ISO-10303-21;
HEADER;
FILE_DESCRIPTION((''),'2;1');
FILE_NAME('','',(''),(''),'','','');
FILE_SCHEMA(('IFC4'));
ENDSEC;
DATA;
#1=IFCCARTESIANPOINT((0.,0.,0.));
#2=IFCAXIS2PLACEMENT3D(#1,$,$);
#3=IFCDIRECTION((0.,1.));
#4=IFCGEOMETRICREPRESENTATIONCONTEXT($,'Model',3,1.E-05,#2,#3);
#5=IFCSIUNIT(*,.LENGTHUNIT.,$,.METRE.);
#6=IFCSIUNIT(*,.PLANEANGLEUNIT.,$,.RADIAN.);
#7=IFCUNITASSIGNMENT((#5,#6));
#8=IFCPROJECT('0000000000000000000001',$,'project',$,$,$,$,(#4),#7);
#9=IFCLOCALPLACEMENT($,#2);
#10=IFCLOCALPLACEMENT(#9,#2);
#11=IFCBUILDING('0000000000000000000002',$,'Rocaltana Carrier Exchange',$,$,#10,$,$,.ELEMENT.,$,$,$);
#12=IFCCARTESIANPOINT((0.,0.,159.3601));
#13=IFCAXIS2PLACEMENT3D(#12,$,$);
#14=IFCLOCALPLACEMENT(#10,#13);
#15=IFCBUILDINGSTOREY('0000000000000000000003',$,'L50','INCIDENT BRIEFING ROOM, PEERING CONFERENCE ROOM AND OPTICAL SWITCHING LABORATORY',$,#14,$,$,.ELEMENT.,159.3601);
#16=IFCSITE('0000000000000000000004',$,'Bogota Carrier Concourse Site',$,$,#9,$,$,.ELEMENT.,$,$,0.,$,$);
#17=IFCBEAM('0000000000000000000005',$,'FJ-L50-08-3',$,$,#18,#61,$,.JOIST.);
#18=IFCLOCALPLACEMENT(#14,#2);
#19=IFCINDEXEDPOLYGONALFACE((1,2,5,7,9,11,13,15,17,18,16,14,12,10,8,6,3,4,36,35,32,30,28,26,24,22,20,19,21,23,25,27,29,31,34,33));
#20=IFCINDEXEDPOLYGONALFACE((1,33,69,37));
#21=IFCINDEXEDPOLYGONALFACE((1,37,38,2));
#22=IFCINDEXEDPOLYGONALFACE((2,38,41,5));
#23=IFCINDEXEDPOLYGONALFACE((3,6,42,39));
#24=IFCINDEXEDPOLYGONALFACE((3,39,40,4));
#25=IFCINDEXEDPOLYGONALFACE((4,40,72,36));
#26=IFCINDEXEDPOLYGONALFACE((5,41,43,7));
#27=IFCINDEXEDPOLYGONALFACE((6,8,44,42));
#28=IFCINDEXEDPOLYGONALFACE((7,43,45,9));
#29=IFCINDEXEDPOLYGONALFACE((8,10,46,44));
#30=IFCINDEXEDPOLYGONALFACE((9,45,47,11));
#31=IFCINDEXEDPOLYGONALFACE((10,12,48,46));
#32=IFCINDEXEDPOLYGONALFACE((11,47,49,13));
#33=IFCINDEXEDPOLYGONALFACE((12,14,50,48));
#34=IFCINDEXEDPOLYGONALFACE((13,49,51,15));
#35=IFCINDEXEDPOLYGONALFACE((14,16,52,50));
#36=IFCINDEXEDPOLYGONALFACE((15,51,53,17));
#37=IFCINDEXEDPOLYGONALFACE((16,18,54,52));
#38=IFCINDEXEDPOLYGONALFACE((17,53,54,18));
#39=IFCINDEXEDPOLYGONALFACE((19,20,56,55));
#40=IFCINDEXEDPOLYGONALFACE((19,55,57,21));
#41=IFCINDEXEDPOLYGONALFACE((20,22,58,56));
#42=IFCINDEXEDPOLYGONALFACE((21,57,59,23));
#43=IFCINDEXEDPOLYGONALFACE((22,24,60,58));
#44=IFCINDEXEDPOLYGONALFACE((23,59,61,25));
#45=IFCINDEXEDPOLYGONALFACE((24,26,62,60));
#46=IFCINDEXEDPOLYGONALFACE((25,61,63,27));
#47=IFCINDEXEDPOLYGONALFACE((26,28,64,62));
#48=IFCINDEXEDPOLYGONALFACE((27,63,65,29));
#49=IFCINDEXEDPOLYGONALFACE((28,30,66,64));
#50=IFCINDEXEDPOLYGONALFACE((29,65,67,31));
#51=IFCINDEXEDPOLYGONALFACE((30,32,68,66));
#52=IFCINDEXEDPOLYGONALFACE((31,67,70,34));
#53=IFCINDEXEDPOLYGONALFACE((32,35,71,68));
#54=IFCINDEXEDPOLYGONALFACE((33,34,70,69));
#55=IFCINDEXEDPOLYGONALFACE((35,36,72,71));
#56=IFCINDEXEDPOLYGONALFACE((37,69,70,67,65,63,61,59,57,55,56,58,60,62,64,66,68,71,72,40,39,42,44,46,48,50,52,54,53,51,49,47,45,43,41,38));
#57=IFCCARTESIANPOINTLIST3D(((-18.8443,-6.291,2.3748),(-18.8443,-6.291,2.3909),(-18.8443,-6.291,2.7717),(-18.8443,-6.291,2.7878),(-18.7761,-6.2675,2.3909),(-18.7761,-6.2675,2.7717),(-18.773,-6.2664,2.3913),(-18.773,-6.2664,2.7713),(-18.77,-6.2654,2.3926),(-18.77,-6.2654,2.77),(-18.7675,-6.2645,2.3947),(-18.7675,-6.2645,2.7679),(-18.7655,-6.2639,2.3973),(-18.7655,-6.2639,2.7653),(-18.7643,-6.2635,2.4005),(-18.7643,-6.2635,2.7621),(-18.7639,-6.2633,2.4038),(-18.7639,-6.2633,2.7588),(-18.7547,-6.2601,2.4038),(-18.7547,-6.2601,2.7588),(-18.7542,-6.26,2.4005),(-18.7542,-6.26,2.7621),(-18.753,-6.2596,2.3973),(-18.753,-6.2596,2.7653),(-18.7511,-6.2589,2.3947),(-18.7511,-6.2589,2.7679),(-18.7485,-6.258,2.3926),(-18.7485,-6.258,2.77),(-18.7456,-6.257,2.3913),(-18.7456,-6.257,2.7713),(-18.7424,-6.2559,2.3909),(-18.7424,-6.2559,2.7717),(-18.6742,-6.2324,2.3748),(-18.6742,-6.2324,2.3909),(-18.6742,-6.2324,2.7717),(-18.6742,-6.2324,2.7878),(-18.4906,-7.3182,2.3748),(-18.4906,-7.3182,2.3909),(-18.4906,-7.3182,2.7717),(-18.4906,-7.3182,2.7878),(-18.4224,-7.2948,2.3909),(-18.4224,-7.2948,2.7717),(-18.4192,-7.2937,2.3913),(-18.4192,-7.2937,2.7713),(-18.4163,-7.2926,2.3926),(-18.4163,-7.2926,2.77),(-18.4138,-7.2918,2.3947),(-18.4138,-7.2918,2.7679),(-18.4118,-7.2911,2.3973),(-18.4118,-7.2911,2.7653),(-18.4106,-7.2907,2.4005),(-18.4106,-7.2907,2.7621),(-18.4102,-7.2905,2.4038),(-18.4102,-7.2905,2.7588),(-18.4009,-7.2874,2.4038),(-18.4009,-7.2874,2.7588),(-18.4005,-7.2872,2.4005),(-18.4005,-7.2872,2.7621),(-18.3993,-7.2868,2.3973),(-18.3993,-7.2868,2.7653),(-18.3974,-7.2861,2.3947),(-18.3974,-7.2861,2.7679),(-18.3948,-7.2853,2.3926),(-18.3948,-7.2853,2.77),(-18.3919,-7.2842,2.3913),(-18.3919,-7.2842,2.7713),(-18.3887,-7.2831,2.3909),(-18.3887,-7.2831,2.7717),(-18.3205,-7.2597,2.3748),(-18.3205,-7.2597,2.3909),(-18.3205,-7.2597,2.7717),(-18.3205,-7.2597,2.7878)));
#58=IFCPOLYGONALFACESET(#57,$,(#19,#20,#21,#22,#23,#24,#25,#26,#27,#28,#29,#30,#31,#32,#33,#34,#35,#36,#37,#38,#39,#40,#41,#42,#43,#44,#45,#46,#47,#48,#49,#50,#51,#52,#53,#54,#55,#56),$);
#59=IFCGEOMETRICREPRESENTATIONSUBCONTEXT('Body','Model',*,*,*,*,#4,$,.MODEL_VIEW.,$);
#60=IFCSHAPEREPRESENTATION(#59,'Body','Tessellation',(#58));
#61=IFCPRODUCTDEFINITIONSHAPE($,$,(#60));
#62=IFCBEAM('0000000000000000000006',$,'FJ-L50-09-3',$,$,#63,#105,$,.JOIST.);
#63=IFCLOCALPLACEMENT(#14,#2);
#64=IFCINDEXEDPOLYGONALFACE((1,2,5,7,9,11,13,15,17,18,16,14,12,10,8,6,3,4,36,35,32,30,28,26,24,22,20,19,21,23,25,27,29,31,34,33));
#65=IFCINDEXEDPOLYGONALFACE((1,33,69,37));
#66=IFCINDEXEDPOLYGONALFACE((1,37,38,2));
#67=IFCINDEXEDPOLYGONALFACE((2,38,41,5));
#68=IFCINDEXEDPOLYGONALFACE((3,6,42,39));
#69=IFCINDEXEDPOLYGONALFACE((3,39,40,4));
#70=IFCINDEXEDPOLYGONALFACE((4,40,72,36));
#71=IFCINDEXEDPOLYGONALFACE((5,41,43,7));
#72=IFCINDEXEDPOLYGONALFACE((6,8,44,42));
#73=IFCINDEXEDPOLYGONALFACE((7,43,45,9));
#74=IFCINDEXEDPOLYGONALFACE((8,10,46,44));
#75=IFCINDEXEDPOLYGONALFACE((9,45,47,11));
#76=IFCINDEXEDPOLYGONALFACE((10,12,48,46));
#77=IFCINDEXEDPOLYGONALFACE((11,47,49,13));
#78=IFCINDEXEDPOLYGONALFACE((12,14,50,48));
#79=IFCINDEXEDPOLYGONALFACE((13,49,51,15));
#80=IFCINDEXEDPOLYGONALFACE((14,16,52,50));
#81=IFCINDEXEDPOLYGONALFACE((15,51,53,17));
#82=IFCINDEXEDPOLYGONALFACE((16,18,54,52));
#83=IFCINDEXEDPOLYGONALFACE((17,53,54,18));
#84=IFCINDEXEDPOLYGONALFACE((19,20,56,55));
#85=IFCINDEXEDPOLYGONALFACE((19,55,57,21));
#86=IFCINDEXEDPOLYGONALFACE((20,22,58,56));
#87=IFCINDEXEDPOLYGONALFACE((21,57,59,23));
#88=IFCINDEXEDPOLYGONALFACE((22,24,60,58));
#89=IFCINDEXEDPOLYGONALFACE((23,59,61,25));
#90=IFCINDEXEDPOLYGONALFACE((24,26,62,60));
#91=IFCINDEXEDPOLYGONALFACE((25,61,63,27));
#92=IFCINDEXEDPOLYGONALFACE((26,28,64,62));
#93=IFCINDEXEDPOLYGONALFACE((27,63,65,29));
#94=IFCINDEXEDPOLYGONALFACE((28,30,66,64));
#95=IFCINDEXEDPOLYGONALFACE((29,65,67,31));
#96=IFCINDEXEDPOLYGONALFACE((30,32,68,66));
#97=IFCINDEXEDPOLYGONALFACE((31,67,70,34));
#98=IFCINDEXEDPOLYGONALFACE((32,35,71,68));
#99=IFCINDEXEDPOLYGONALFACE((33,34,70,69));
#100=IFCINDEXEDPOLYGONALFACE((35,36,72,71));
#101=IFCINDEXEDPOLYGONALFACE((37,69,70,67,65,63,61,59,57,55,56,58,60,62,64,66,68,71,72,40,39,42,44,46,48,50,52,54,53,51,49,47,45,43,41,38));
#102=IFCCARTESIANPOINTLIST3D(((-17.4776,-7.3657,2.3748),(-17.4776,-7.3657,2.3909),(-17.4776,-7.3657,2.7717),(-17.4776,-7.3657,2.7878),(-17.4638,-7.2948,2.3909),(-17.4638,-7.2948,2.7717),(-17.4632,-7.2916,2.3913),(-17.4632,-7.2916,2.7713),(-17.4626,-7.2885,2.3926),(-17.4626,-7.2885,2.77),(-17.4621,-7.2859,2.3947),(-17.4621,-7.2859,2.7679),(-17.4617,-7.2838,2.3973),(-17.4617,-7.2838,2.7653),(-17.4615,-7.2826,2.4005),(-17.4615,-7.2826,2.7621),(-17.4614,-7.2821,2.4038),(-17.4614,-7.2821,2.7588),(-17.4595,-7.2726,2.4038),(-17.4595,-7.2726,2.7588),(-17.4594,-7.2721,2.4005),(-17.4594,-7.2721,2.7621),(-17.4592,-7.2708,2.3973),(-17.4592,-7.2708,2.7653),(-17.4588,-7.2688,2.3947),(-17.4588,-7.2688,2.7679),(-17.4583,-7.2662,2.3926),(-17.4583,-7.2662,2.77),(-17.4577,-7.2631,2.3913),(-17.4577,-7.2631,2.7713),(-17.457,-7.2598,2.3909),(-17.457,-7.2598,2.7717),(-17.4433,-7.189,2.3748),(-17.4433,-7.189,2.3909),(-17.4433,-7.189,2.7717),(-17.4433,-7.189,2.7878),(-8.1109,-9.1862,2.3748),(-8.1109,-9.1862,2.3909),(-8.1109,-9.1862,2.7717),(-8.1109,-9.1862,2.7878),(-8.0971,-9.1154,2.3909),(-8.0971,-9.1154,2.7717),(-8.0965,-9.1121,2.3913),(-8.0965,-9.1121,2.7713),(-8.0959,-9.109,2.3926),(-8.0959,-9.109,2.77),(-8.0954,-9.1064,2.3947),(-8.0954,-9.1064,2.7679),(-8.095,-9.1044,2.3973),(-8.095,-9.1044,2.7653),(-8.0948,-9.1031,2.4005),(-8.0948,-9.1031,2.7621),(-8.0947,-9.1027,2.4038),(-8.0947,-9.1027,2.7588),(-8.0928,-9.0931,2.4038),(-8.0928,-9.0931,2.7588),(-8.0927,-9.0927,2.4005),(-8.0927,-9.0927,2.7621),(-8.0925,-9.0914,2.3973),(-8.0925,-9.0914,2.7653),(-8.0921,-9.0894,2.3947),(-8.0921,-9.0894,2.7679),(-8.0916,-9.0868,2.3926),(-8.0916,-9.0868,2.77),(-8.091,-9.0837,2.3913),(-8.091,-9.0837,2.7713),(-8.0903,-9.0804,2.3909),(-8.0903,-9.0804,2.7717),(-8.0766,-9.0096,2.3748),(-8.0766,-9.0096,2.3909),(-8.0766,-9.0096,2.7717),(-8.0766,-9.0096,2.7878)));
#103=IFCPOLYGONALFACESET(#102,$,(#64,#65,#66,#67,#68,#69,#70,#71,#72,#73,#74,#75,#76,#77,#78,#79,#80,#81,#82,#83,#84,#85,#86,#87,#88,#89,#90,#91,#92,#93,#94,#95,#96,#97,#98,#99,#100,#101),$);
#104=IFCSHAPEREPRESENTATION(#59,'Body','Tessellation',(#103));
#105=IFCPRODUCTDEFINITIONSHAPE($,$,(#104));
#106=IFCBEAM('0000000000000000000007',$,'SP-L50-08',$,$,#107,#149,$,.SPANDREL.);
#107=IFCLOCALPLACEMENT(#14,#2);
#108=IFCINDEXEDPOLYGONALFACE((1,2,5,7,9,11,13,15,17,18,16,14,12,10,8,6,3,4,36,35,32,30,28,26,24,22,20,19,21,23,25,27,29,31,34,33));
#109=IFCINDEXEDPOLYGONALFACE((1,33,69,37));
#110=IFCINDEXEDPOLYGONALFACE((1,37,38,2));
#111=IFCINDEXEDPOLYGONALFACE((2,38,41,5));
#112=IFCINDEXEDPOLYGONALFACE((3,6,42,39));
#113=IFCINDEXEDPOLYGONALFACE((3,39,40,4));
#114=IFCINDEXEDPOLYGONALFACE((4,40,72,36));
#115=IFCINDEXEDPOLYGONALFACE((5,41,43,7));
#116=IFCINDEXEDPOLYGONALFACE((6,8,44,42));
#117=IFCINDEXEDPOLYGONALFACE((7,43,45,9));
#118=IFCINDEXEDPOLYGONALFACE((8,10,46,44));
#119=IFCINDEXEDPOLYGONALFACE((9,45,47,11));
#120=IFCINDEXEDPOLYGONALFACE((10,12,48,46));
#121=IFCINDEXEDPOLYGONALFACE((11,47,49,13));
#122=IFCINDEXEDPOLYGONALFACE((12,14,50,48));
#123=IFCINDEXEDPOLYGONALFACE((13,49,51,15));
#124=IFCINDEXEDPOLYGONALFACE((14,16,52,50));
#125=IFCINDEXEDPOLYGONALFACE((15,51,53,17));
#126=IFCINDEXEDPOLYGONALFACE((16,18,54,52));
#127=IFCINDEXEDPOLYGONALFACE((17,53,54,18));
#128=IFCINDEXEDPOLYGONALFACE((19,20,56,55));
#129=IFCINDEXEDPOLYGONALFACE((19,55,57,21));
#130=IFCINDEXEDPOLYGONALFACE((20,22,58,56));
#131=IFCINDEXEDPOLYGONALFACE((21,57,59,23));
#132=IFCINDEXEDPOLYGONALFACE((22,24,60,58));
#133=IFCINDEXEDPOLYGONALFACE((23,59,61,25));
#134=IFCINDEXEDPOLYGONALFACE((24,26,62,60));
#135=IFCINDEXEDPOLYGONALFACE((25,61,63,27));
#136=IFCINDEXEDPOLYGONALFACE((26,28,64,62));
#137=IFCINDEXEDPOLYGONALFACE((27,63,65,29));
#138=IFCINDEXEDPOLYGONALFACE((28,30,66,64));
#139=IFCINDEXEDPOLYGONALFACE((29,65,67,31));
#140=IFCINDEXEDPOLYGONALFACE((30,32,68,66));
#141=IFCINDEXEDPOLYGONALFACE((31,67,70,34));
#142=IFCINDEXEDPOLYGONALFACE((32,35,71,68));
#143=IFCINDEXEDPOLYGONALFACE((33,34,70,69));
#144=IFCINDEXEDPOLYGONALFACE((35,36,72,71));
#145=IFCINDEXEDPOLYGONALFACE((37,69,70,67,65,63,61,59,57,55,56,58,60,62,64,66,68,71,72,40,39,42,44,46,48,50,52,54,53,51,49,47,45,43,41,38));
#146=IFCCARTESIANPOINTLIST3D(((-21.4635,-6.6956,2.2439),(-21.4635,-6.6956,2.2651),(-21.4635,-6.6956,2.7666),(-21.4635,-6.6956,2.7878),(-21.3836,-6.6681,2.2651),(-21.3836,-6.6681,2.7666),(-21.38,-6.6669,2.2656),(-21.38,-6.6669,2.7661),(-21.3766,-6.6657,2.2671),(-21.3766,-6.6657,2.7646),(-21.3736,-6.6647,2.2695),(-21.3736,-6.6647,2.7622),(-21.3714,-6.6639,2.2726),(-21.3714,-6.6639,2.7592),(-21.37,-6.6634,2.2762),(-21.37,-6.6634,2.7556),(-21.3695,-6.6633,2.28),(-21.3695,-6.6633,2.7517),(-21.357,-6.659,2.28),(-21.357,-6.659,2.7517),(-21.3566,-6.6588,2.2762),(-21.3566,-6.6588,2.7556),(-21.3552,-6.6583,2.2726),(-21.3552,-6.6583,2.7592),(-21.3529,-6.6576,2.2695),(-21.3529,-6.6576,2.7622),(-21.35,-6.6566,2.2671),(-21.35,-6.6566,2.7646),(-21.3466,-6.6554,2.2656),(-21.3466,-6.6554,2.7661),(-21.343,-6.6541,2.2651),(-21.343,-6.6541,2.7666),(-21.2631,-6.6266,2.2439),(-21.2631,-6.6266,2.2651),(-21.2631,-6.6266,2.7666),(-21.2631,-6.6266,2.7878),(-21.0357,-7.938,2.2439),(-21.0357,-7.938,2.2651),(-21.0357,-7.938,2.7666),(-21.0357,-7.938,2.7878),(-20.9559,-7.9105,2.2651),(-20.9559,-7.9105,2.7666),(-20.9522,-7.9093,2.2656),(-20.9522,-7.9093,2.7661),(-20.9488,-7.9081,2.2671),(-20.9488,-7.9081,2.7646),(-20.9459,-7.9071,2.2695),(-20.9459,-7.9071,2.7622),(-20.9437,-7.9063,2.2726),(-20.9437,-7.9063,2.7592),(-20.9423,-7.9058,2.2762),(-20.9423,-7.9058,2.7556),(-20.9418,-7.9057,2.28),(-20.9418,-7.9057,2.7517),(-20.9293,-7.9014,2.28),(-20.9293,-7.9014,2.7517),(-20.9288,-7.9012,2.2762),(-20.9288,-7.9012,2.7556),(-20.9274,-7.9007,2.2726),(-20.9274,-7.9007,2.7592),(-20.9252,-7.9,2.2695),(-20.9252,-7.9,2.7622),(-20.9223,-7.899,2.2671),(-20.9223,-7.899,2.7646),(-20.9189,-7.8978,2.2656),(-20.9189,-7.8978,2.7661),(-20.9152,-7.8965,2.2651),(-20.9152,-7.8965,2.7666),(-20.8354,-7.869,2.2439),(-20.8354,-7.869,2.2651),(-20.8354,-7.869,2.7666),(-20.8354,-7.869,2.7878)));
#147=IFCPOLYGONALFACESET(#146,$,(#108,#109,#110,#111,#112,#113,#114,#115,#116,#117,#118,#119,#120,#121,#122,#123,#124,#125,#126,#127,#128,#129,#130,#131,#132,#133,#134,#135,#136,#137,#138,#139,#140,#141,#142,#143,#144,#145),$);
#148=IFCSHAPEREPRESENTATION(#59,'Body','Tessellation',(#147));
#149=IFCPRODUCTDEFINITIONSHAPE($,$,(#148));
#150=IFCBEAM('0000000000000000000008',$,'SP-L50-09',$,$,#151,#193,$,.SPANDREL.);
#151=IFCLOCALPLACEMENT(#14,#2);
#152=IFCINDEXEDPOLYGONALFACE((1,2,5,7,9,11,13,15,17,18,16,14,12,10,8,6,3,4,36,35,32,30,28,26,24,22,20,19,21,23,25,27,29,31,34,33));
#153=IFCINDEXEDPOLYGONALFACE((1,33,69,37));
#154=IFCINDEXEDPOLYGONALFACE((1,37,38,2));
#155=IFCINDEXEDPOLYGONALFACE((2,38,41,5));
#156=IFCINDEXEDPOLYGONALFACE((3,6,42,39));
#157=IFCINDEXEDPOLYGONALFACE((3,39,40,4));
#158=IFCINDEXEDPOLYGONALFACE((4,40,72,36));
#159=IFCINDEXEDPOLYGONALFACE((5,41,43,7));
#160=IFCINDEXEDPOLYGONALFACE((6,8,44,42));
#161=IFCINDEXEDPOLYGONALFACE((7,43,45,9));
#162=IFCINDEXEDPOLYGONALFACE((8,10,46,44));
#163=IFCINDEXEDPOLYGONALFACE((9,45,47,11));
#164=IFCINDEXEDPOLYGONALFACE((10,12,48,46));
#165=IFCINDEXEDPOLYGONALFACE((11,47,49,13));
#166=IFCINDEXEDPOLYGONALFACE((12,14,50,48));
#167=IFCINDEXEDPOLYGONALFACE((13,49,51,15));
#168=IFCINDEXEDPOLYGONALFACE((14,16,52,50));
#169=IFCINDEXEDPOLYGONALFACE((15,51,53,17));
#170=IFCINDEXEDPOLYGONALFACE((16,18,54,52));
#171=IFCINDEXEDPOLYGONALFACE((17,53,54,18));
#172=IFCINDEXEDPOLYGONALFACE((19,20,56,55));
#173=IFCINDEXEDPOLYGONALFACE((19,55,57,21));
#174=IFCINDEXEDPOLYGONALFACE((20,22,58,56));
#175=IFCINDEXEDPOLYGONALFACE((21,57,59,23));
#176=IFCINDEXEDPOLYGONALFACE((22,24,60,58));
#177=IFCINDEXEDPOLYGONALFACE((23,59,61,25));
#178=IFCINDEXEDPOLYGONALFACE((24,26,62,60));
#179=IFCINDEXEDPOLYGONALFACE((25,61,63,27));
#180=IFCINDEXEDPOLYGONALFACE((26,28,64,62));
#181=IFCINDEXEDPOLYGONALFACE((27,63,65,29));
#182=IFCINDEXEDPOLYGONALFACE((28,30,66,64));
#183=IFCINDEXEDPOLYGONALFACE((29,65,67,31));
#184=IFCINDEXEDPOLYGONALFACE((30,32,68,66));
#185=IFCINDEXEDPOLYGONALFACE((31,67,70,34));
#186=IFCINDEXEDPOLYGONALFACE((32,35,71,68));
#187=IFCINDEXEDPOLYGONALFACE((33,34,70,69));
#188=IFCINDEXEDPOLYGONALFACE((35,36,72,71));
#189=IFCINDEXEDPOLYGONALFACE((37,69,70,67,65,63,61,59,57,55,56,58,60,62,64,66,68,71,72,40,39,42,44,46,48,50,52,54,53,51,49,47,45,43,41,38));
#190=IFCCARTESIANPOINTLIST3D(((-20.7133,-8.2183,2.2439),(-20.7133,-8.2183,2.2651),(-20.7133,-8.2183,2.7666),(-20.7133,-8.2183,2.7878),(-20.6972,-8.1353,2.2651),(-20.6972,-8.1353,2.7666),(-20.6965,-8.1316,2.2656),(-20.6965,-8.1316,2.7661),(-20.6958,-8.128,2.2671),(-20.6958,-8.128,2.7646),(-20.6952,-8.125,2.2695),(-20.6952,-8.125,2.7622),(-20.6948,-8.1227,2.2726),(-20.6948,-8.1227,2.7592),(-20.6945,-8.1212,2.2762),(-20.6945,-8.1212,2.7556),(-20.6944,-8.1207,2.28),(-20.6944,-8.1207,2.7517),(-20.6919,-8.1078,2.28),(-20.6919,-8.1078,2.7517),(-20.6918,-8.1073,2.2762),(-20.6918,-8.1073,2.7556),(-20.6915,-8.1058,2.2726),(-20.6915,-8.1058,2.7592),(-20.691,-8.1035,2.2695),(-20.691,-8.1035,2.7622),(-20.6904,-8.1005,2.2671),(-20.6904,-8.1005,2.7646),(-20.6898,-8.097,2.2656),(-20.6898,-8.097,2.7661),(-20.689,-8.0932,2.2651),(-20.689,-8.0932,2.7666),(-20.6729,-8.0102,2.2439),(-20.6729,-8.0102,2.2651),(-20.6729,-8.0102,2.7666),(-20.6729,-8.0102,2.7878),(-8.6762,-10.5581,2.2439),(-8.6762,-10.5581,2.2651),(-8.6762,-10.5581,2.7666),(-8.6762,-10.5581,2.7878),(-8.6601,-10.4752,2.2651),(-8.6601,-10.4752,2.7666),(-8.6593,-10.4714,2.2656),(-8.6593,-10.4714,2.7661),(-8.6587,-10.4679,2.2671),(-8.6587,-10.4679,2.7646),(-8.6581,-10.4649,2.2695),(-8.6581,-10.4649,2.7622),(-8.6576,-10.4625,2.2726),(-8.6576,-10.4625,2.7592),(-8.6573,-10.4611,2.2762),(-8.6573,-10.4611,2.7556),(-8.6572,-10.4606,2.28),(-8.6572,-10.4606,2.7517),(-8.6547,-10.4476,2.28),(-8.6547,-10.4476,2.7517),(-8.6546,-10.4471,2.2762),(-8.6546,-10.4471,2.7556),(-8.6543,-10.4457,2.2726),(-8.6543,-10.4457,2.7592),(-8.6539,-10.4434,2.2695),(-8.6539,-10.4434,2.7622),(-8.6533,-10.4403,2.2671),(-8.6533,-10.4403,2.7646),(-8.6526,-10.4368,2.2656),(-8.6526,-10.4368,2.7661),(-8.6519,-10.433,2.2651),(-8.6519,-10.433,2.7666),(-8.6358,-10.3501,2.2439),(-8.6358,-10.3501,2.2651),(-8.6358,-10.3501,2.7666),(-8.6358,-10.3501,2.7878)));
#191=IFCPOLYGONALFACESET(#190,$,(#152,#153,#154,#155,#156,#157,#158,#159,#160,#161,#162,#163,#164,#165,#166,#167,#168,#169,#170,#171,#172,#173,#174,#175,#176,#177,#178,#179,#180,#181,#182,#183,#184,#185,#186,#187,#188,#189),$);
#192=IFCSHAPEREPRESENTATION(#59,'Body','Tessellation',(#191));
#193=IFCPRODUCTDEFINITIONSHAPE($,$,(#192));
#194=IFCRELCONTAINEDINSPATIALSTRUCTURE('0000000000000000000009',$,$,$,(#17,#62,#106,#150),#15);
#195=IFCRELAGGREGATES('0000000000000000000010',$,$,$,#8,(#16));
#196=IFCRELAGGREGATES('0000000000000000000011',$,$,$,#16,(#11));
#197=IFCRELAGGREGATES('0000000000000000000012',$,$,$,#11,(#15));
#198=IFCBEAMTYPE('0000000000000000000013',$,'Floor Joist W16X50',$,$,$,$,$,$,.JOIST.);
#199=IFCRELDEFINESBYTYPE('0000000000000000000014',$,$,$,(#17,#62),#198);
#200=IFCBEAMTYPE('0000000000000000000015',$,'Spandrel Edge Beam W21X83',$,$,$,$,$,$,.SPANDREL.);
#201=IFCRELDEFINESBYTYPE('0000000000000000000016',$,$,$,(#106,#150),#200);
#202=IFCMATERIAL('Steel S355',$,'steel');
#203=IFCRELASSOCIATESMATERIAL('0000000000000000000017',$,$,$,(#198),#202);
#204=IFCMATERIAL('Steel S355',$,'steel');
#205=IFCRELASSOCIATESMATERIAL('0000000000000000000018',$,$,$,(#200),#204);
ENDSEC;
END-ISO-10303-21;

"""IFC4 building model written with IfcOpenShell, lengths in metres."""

from ifc_helpers import new_model, si_unit, direction, frame, origin, origin_2d, place, context, subcontext, project, spatial, i_section, extrude, material, material_profile, profile_set, type_object, element, save


model = new_model("IFC4")

# Units and contexts
model_context = context("Model", 3, precision=1e-05, world=origin(), true_north=direction((0.0, 1.0)))
body_context = subcontext(model_context, "Body", "Model", "MODEL_VIEW")
ifc_project = project(units=[si_unit("LENGTHUNIT", "METRE"), si_unit("PLANEANGLEUNIT", "RADIAN")], contexts=[model_context])

# Site, building, storey
site_placement = place(None, origin())
site = spatial("IfcSite", under=ifc_project, at=site_placement, Name="Bogota Carrier Concourse Site", CompositionType="ELEMENT", RefElevation=0.0)
building_placement = place(site_placement, origin())
building = spatial("IfcBuilding", under=site, at=building_placement, Name="Rocaltana Carrier Exchange", CompositionType="ELEMENT")
storey_placement = place(building_placement, frame((0.0, 0.0, 159.3601)))
storey = spatial("IfcBuildingStorey", under=building, at=storey_placement, Name="L50", Description="INCIDENT BRIEFING ROOM, PEERING CONFERENCE ROOM AND OPTICAL SWITCHING LABORATORY", CompositionType="ELEMENT", Elevation=159.3601)

# Beams
ifc_material_1 = material(Name="Steel S355", Category="steel")
ifc_material_profile_1 = material_profile(ifc_material_1, i_section(OverallWidth=0.1799, OverallDepth=0.4131, WebThickness=0.0098, FlangeThickness=0.0161, FilletRadius=0.0129, at=origin_2d()), Name="W16X50")
ifc_profile_set_1 = profile_set([ifc_material_profile_1], Name="Steel S355")
beam_type_1 = type_object("IfcBeamType", Name="Floor Joist W16X50", PredefinedType="JOIST", material=ifc_profile_set_1)
beam_1_placement = place(storey_placement, frame((-18.7593, -6.2617, 2.5813), z_axis=(0.325582, -0.945514, 0.0), x_axis=(0.945514, 0.325582, 0.0)))
element("IfcBeam", 1, at=beam_1_placement, inside=storey, type_object=beam_type_1, Name="FJ-L50-08-3", PredefinedType="JOIST", context=body_context, shape_type="SweptSolid", body=[
    extrude(i_section(OverallWidth=0.1799, OverallDepth=0.4131, WebThickness=0.0098, FlangeThickness=0.0161, FilletRadius=0.0129, at=origin_2d()), origin(), (0.0, 0.0, 1.0), 1.0864),
])
beam_2_placement = place(storey_placement, frame((-17.4604, -7.2773, 2.5813), z_axis=(0.98163, -0.190794, 0.0), x_axis=(0.190794, 0.98163, 0.0)))
element("IfcBeam", 2, at=beam_2_placement, inside=storey, type_object=beam_type_1, Name="FJ-L50-09-3", PredefinedType="JOIST", context=body_context, shape_type="SweptSolid", body=[
    extrude(i_section(OverallWidth=0.1799, OverallDepth=0.4131, WebThickness=0.0098, FlangeThickness=0.0161, FilletRadius=0.0129, at=origin_2d()), origin(), (0.0, 0.0, 1.0), 9.542),
])
ifc_material_2 = material(Name="Steel S355", Category="steel")
ifc_material_profile_2 = material_profile(ifc_material_2, i_section(OverallWidth=0.2119, OverallDepth=0.5439, WebThickness=0.0132, FlangeThickness=0.0212, FilletRadius=0.0149, at=origin_2d()), Name="W21X83")
ifc_profile_set_2 = profile_set([ifc_material_profile_2], Name="Steel S355")
beam_type_2 = type_object("IfcBeamType", Name="Spandrel Edge Beam W21X83", PredefinedType="SPANDREL", material=ifc_profile_set_2)
beam_3_placement = place(storey_placement, frame((-21.3633, -6.6611, 2.5159), z_axis=(0.325521, -0.945535, 0.0), x_axis=(0.945535, 0.325521, 0.0)))
element("IfcBeam", 3, at=beam_3_placement, inside=storey, type_object=beam_type_2, Name="SP-L50-08", PredefinedType="SPANDREL", context=body_context, shape_type="SweptSolid", body=[
    extrude(i_section(OverallWidth=0.2119, OverallDepth=0.5439, WebThickness=0.0132, FlangeThickness=0.0212, FilletRadius=0.0149, at=origin_2d()), origin(), (0.0, 0.0, 1.0), 1.314),
])
beam_4_placement = place(storey_placement, frame((-20.6931, -8.1143, 2.5159), z_axis=(0.981626, -0.190814, 0.0), x_axis=(0.190814, 0.981626, 0.0)))
element("IfcBeam", 4, at=beam_4_placement, inside=storey, type_object=beam_type_2, Name="SP-L50-09", PredefinedType="SPANDREL", context=body_context, shape_type="SweptSolid", body=[
    extrude(i_section(OverallWidth=0.2119, OverallDepth=0.5439, WebThickness=0.0132, FlangeThickness=0.0212, FilletRadius=0.0149, at=origin_2d()), origin(), (0.0, 0.0, 1.0), 12.2625),
])

save(model, "model.ifc")
